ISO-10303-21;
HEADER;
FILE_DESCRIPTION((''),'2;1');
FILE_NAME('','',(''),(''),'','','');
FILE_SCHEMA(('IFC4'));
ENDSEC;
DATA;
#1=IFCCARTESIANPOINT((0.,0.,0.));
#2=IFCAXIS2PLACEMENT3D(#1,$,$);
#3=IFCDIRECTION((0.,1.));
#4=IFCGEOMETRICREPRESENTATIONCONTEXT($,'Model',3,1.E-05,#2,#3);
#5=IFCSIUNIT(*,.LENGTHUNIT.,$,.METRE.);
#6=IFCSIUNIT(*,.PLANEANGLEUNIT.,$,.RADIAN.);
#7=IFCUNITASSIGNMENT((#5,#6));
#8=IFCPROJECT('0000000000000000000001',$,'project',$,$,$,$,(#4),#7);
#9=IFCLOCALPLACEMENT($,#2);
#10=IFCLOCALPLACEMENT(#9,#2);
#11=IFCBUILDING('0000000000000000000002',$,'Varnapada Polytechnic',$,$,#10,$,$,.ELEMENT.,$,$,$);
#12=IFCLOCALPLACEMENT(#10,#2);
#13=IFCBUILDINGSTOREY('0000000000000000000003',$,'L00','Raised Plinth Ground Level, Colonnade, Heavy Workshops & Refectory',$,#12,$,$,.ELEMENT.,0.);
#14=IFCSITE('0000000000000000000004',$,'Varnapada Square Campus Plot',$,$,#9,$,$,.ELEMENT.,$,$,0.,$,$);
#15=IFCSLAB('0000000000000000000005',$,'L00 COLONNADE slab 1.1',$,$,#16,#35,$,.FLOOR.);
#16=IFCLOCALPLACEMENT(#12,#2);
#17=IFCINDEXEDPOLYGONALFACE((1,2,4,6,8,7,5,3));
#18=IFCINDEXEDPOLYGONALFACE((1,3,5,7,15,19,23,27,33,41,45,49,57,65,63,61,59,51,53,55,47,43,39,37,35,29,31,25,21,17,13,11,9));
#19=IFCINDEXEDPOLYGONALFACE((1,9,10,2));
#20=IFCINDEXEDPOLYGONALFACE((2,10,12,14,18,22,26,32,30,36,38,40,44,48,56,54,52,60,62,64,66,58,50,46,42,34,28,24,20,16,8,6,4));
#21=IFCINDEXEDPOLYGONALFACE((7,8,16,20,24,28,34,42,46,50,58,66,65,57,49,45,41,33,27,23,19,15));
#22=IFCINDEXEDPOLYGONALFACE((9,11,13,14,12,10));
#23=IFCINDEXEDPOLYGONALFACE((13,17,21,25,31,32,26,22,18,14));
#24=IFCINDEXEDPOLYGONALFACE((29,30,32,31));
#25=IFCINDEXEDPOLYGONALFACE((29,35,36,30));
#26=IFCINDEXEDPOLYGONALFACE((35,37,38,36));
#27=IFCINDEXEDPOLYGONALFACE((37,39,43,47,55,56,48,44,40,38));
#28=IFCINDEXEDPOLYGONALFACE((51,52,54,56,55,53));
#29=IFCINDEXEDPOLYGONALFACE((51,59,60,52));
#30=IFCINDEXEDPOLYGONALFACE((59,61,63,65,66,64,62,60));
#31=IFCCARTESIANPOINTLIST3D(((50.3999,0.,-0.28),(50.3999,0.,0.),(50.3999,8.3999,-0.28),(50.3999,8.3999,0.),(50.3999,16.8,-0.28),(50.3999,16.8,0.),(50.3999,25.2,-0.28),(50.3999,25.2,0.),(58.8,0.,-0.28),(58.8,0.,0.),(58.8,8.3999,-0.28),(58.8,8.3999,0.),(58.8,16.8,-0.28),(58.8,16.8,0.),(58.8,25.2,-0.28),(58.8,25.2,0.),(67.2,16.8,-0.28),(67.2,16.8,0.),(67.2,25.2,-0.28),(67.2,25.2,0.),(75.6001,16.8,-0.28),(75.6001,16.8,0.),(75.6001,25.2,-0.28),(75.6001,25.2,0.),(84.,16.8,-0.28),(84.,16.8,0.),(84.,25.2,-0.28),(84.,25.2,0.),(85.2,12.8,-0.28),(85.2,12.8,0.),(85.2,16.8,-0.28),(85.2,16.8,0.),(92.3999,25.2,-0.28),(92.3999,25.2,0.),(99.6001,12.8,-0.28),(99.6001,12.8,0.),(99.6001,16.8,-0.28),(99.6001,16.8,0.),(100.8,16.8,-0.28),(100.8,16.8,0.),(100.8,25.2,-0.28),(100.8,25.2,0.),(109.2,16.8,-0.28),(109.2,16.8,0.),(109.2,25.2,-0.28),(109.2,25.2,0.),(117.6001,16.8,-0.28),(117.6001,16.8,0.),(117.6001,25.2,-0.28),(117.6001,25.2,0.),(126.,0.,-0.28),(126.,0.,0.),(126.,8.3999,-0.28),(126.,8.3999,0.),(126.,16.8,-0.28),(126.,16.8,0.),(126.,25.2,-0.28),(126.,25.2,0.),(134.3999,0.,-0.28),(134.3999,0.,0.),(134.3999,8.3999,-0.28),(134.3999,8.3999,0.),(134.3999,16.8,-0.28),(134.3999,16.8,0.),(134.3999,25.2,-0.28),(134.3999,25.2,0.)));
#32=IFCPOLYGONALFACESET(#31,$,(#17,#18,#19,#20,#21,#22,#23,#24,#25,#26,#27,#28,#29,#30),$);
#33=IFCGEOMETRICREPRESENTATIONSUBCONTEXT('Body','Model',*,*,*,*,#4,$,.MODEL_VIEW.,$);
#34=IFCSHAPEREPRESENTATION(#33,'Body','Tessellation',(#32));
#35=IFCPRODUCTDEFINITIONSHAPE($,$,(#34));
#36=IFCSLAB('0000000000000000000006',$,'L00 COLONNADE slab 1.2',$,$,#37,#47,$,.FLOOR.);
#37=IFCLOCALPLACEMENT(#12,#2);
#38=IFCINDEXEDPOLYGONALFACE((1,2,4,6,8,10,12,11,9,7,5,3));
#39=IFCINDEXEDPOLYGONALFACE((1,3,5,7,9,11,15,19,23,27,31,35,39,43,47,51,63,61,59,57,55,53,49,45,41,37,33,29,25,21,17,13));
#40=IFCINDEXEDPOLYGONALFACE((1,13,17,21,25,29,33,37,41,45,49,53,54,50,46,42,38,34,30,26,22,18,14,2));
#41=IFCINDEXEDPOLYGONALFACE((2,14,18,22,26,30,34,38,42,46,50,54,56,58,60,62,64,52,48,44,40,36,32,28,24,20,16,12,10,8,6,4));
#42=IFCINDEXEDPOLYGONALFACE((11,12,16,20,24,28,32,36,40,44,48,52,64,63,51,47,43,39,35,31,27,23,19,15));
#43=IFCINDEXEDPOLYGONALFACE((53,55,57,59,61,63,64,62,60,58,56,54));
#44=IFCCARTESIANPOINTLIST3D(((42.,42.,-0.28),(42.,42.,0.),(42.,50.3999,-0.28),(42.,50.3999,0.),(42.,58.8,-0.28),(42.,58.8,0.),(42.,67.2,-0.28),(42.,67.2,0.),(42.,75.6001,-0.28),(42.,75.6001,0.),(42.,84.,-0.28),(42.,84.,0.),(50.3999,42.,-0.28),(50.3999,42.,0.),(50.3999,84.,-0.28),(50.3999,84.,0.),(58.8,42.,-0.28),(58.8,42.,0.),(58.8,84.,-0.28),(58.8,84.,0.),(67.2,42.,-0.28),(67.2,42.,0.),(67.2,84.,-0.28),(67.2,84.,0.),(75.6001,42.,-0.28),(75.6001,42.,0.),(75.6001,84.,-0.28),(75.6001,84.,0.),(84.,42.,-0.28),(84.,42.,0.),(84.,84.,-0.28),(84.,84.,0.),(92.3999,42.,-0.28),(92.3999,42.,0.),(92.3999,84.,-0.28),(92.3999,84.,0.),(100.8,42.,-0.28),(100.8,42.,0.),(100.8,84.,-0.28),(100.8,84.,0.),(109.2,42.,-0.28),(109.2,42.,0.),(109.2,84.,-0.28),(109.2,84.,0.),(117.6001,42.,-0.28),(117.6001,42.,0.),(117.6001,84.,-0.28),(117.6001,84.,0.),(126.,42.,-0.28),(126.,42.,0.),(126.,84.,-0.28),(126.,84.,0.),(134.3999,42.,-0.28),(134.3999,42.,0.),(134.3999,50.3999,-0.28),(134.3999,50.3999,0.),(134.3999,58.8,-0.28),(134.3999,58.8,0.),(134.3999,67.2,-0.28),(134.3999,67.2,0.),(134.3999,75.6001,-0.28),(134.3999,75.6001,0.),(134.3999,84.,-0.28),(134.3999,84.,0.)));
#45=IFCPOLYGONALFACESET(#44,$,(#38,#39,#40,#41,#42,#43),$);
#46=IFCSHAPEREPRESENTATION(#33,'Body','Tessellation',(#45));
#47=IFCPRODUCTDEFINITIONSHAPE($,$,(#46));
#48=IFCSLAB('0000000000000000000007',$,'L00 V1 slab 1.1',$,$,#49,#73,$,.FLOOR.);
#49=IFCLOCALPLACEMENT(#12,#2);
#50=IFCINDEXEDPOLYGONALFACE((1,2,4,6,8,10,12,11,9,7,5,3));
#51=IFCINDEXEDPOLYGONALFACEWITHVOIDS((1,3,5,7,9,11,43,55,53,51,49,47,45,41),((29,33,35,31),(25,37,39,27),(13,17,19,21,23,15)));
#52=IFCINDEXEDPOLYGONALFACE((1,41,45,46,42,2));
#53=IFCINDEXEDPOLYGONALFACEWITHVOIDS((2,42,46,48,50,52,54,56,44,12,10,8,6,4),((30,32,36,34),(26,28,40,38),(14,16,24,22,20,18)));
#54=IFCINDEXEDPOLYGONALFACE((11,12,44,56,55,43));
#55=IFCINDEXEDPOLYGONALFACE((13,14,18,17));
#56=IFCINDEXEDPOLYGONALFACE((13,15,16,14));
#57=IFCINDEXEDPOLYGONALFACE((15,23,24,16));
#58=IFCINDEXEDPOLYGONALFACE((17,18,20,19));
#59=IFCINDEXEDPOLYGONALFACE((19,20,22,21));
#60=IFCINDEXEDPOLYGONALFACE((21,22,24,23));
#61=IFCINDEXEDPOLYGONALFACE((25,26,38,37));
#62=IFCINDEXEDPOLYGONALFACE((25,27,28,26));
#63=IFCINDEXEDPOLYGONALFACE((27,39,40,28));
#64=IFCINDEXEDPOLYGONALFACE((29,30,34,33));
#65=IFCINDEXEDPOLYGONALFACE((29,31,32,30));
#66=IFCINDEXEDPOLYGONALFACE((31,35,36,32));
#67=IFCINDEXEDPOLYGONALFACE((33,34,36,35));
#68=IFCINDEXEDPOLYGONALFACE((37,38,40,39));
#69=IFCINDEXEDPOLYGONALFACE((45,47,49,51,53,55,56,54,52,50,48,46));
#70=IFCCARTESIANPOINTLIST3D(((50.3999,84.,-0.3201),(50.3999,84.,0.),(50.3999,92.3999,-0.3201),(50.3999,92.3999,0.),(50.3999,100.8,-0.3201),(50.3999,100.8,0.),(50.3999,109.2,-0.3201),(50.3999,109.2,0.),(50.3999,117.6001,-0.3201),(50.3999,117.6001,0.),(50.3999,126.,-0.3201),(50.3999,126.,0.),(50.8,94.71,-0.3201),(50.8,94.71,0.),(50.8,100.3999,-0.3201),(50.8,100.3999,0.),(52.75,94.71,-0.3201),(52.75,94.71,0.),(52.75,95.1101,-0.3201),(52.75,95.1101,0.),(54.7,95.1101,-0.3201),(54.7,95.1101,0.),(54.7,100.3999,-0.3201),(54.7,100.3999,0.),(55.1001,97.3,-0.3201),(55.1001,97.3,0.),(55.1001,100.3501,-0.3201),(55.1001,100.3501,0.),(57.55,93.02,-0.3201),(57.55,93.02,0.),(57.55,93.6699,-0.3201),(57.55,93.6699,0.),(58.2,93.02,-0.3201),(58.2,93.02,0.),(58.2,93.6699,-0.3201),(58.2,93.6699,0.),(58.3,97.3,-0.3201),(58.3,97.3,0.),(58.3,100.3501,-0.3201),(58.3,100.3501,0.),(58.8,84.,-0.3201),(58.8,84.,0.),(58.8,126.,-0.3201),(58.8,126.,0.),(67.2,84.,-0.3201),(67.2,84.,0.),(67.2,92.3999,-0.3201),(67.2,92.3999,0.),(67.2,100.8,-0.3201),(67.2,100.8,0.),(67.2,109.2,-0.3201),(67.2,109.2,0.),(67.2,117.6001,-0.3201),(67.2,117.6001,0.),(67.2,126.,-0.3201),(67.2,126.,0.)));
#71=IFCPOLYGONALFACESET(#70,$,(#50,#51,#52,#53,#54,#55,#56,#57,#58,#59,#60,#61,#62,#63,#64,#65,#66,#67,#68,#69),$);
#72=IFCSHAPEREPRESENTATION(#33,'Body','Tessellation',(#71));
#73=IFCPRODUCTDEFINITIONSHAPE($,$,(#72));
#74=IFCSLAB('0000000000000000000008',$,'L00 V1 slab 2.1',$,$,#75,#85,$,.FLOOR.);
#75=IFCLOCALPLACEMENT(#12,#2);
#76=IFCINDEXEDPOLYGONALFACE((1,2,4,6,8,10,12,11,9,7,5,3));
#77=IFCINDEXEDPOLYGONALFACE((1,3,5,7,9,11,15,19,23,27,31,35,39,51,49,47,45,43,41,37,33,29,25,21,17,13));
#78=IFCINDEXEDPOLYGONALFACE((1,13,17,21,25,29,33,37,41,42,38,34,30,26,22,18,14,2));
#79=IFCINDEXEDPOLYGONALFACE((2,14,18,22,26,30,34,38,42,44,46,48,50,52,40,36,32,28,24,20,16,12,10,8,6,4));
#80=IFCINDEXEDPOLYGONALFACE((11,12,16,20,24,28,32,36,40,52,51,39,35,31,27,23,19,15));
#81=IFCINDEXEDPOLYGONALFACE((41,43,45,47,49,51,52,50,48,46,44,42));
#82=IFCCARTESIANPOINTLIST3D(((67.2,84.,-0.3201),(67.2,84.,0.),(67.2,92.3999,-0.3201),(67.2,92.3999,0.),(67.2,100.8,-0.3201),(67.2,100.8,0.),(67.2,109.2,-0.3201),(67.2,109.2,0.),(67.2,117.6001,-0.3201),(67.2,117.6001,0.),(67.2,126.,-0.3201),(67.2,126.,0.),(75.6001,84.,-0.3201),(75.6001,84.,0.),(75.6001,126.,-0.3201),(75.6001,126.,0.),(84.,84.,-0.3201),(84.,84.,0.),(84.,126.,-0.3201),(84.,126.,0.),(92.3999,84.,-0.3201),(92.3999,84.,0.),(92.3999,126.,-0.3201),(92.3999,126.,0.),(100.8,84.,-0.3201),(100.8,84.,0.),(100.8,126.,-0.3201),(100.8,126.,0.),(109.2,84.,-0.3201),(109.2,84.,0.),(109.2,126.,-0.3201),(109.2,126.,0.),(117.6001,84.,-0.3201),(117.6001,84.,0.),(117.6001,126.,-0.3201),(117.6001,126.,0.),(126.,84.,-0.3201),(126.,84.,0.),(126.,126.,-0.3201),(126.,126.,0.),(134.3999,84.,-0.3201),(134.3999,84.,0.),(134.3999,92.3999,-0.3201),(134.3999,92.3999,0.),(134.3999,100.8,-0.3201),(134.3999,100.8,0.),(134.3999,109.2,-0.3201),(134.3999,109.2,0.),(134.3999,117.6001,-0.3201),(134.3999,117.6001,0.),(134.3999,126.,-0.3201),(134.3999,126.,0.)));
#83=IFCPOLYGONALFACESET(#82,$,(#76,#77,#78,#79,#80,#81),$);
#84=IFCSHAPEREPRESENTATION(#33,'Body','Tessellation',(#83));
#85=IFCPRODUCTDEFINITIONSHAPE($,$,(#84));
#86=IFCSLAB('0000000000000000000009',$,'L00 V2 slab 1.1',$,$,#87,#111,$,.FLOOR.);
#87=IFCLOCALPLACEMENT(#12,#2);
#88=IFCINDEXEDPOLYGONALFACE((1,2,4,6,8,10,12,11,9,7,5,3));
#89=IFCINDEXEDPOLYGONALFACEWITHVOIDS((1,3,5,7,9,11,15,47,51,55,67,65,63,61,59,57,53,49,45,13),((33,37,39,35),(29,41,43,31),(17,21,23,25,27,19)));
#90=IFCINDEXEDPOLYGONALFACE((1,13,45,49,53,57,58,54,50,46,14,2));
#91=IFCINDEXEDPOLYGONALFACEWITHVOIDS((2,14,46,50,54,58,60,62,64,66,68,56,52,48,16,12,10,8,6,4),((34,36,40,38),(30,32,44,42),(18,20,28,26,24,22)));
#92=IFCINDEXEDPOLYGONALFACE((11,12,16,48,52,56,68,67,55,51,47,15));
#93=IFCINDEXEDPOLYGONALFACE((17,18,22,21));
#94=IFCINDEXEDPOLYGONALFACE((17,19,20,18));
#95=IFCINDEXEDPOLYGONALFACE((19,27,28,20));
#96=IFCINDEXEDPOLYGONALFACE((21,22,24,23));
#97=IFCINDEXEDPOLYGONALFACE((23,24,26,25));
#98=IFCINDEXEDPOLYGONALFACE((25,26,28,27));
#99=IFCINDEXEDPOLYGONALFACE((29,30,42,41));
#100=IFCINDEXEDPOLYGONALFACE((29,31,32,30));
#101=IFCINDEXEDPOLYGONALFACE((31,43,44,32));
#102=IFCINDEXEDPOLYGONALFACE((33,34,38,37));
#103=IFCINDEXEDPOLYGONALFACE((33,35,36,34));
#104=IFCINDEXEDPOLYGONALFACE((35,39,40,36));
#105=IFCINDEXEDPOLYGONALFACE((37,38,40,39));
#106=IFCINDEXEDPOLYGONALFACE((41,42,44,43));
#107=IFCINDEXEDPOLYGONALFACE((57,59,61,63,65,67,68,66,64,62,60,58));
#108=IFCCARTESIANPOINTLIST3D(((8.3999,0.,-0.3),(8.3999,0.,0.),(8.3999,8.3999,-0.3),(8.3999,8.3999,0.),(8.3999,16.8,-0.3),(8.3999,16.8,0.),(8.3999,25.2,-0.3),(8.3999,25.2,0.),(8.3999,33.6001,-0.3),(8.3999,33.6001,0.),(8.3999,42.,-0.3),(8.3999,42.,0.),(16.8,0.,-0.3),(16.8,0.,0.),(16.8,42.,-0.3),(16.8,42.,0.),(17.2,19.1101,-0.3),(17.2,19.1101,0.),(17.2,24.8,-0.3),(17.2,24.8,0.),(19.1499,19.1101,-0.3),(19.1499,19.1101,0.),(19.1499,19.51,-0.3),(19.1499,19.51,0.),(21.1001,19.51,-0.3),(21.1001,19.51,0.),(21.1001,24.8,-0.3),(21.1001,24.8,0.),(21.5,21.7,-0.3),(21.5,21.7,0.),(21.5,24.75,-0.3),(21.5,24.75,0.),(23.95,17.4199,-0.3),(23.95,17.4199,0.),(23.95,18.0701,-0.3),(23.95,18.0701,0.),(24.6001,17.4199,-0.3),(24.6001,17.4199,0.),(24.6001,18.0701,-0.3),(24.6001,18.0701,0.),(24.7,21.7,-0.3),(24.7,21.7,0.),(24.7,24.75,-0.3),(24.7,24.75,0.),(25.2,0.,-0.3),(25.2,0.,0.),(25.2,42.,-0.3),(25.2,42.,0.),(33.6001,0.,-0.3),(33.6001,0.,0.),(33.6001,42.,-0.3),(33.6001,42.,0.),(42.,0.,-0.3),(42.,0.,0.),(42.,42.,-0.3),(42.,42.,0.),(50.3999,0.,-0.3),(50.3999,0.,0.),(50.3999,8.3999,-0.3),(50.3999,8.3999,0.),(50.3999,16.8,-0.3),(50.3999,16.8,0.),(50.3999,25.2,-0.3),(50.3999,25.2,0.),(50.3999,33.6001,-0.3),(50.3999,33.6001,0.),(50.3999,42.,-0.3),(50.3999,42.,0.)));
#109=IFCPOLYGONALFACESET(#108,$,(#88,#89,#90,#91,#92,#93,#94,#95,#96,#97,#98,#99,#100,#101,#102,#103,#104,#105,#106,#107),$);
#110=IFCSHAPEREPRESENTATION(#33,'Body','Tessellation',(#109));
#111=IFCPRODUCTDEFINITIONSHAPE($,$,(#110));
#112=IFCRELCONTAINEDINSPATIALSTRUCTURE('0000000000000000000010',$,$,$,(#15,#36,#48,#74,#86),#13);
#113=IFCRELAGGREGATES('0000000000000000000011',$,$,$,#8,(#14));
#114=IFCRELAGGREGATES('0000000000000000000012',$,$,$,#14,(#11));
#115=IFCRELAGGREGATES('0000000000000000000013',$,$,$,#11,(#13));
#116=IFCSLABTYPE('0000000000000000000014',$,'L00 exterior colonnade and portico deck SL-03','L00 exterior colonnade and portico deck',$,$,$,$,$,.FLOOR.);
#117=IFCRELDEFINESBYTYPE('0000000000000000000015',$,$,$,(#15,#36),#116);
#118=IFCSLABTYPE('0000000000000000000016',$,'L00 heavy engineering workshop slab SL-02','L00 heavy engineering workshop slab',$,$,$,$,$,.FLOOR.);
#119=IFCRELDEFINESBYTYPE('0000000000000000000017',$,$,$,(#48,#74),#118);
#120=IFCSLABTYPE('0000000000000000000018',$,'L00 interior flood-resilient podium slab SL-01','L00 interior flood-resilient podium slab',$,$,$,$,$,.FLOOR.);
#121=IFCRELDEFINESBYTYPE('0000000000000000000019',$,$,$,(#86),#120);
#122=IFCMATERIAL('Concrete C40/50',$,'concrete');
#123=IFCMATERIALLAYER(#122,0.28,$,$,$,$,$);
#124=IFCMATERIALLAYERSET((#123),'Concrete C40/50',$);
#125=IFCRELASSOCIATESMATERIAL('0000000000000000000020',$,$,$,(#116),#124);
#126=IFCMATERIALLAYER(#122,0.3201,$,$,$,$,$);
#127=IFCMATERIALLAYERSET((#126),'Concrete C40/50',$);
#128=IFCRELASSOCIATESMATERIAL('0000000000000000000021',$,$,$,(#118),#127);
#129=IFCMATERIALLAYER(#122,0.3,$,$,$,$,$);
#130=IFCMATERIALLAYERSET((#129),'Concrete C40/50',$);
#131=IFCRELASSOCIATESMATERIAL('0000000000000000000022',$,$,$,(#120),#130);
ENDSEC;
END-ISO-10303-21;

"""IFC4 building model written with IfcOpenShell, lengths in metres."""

from ifc_helpers import new_model, si_unit, direction, frame, origin, place, context, subcontext, project, spatial, polyline, outline, extrude, material, layer, layer_set, type_object, element, save


model = new_model("IFC4")

# Units and contexts
model_context = context("Model", 3, precision=1e-05, world=origin(), true_north=direction((0.0, 1.0)))
body_context = subcontext(model_context, "Body", "Model", "MODEL_VIEW")
ifc_project = project(units=[si_unit("LENGTHUNIT", "METRE"), si_unit("PLANEANGLEUNIT", "RADIAN")], contexts=[model_context])

# Site, building, storey
site_placement = place(None, origin())
site = spatial("IfcSite", under=ifc_project, at=site_placement, Name="Varnapada Square Campus Plot", CompositionType="ELEMENT", RefElevation=0.0)
building_placement = place(site_placement, origin())
building = spatial("IfcBuilding", under=site, at=building_placement, Name="Varnapada Polytechnic", CompositionType="ELEMENT")
storey_placement = place(building_placement, origin())
storey = spatial("IfcBuildingStorey", under=building, at=storey_placement, Name="L00", Description="Raised Plinth Ground Level, Colonnade, Heavy Workshops & Refectory", CompositionType="ELEMENT", Elevation=0.0)

# Slabs
ifc_material = material(Name="Concrete C40/50", Category="concrete")
ifc_layer_1 = layer(ifc_material, 0.28)
ifc_layer_set_1 = layer_set([ifc_layer_1], Name="Concrete C40/50")
slab_type_1 = type_object("IfcSlabType", Name="L00 exterior colonnade and portico deck SL-03", Description="L00 exterior colonnade and portico deck", PredefinedType="FLOOR", material=ifc_layer_set_1)
slab_1_placement = place(storey_placement, frame((0.0, 0.0, -0.28)))
element("IfcSlab", 1, at=slab_1_placement, inside=storey, type_object=slab_type_1, Name="L00 COLONNADE slab 1.1", PredefinedType="FLOOR", context=body_context, shape_type="SweptSolid", body=[
    extrude(outline(polyline([(67.2, 25.2), (75.6001, 25.2), (84.0, 25.2), (92.3999, 25.2), (100.8, 25.2), (109.2, 25.2), (117.6001, 25.2), (126.0, 25.2), (134.3999, 25.2), (134.3999, 16.8), (134.3999, 8.3999), (134.3999, 0.0), (126.0, 0.0), (126.0, 8.3999), (126.0, 16.8), (117.6001, 16.8), (109.2, 16.8), (100.8, 16.8), (99.6001, 16.8), (99.6001, 12.8), (85.2, 12.8), (85.2, 16.8), (84.0, 16.8), (75.6001, 16.8), (67.2, 16.8), (58.8, 16.8), (58.8, 8.3999), (58.8, 0.0), (50.3999, 0.0), (50.3999, 8.3999), (50.3999, 16.8), (50.3999, 25.2), (58.8, 25.2), (67.2, 25.2)])), origin(), (0.0, 0.0, 1.0), 0.28),
])
slab_2_placement = place(storey_placement, frame((0.0, 0.0, -0.28)))
element("IfcSlab", 2, at=slab_2_placement, inside=storey, type_object=slab_type_1, Name="L00 COLONNADE slab 1.2", PredefinedType="FLOOR", context=body_context, shape_type="SweptSolid", body=[
    extrude(outline(polyline([(42.0, 67.2), (42.0, 75.6001), (42.0, 84.0), (50.3999, 84.0), (58.8, 84.0), (67.2, 84.0), (75.6001, 84.0), (84.0, 84.0), (92.3999, 84.0), (100.8, 84.0), (109.2, 84.0), (117.6001, 84.0), (126.0, 84.0), (134.3999, 84.0), (134.3999, 75.6001), (134.3999, 67.2), (134.3999, 58.8), (134.3999, 50.3999), (134.3999, 42.0), (126.0, 42.0), (117.6001, 42.0), (109.2, 42.0), (100.8, 42.0), (92.3999, 42.0), (84.0, 42.0), (75.6001, 42.0), (67.2, 42.0), (58.8, 42.0), (50.3999, 42.0), (42.0, 42.0), (42.0, 50.3999), (42.0, 58.8), (42.0, 67.2)])), origin(), (0.0, 0.0, 1.0), 0.28),
])
ifc_layer_2 = layer(ifc_material, 0.3201)
ifc_layer_set_2 = layer_set([ifc_layer_2], Name="Concrete C40/50")
slab_type_2 = type_object("IfcSlabType", Name="L00 heavy engineering workshop slab SL-02", Description="L00 heavy engineering workshop slab", PredefinedType="FLOOR", material=ifc_layer_set_2)
slab_3_placement = place(storey_placement, frame((0.0, 0.0, -0.3201)))
element("IfcSlab", 3, at=slab_3_placement, inside=storey, type_object=slab_type_2, Name="L00 V1 slab 1.1", PredefinedType="FLOOR", context=body_context, shape_type="SweptSolid", body=[
    extrude(outline(polyline([(50.3999, 100.8), (50.3999, 109.2), (50.3999, 117.6001), (50.3999, 126.0), (58.8, 126.0), (67.2, 126.0), (67.2, 117.6001), (67.2, 109.2), (67.2, 100.8), (67.2, 92.3999), (67.2, 84.0), (58.8, 84.0), (50.3999, 84.0), (50.3999, 92.3999), (50.3999, 100.8)]), holes=[polyline([(50.8, 94.71), (52.75, 94.71), (52.75, 95.1101), (54.7, 95.1101), (54.7, 100.3999), (50.8, 100.3999), (50.8, 94.71)]), polyline([(55.1001, 97.3), (58.3, 97.3), (58.3, 100.3501), (55.1001, 100.3501), (55.1001, 97.3)]), polyline([(57.55, 93.02), (58.2, 93.02), (58.2, 93.6699), (57.55, 93.6699), (57.55, 93.02)])]), origin(), (0.0, 0.0, 1.0), 0.3201),
])
slab_4_placement = place(storey_placement, frame((0.0, 0.0, -0.3201)))
element("IfcSlab", 4, at=slab_4_placement, inside=storey, type_object=slab_type_2, Name="L00 V1 slab 2.1", PredefinedType="FLOOR", context=body_context, shape_type="SweptSolid", body=[
    extrude(outline(polyline([(67.2, 117.6001), (67.2, 126.0), (75.6001, 126.0), (84.0, 126.0), (92.3999, 126.0), (100.8, 126.0), (109.2, 126.0), (117.6001, 126.0), (126.0, 126.0), (134.3999, 126.0), (134.3999, 117.6001), (134.3999, 109.2), (134.3999, 100.8), (134.3999, 92.3999), (134.3999, 84.0), (126.0, 84.0), (117.6001, 84.0), (109.2, 84.0), (100.8, 84.0), (92.3999, 84.0), (84.0, 84.0), (75.6001, 84.0), (67.2, 84.0), (67.2, 92.3999), (67.2, 100.8), (67.2, 109.2), (67.2, 117.6001)])), origin(), (0.0, 0.0, 1.0), 0.3201),
])
ifc_layer_3 = layer(ifc_material, 0.3)
ifc_layer_set_3 = layer_set([ifc_layer_3], Name="Concrete C40/50")
slab_type_3 = type_object("IfcSlabType", Name="L00 interior flood-resilient podium slab SL-01", Description="L00 interior flood-resilient podium slab", PredefinedType="FLOOR", material=ifc_layer_set_3)
slab_5_placement = place(storey_placement, frame((0.0, 0.0, -0.3)))
element("IfcSlab", 5, at=slab_5_placement, inside=storey, type_object=slab_type_3, Name="L00 V2 slab 1.1", PredefinedType="FLOOR", context=body_context, shape_type="SweptSolid", body=[
    extrude(outline(polyline([(8.3999, 25.2), (8.3999, 33.6001), (8.3999, 42.0), (16.8, 42.0), (25.2, 42.0), (33.6001, 42.0), (42.0, 42.0), (50.3999, 42.0), (50.3999, 33.6001), (50.3999, 25.2), (50.3999, 16.8), (50.3999, 8.3999), (50.3999, 0.0), (42.0, 0.0), (33.6001, 0.0), (25.2, 0.0), (16.8, 0.0), (8.3999, 0.0), (8.3999, 8.3999), (8.3999, 16.8), (8.3999, 25.2)]), holes=[polyline([(17.2, 19.1101), (19.1499, 19.1101), (19.1499, 19.51), (21.1001, 19.51), (21.1001, 24.8), (17.2, 24.8), (17.2, 19.1101)]), polyline([(21.5, 21.7), (24.7, 21.7), (24.7, 24.75), (21.5, 24.75), (21.5, 21.7)]), polyline([(23.95, 17.4199), (24.6001, 17.4199), (24.6001, 18.0701), (23.95, 18.0701), (23.95, 17.4199)])]), origin(), (0.0, 0.0, 1.0), 0.3),
])

save(model, "model.ifc")
